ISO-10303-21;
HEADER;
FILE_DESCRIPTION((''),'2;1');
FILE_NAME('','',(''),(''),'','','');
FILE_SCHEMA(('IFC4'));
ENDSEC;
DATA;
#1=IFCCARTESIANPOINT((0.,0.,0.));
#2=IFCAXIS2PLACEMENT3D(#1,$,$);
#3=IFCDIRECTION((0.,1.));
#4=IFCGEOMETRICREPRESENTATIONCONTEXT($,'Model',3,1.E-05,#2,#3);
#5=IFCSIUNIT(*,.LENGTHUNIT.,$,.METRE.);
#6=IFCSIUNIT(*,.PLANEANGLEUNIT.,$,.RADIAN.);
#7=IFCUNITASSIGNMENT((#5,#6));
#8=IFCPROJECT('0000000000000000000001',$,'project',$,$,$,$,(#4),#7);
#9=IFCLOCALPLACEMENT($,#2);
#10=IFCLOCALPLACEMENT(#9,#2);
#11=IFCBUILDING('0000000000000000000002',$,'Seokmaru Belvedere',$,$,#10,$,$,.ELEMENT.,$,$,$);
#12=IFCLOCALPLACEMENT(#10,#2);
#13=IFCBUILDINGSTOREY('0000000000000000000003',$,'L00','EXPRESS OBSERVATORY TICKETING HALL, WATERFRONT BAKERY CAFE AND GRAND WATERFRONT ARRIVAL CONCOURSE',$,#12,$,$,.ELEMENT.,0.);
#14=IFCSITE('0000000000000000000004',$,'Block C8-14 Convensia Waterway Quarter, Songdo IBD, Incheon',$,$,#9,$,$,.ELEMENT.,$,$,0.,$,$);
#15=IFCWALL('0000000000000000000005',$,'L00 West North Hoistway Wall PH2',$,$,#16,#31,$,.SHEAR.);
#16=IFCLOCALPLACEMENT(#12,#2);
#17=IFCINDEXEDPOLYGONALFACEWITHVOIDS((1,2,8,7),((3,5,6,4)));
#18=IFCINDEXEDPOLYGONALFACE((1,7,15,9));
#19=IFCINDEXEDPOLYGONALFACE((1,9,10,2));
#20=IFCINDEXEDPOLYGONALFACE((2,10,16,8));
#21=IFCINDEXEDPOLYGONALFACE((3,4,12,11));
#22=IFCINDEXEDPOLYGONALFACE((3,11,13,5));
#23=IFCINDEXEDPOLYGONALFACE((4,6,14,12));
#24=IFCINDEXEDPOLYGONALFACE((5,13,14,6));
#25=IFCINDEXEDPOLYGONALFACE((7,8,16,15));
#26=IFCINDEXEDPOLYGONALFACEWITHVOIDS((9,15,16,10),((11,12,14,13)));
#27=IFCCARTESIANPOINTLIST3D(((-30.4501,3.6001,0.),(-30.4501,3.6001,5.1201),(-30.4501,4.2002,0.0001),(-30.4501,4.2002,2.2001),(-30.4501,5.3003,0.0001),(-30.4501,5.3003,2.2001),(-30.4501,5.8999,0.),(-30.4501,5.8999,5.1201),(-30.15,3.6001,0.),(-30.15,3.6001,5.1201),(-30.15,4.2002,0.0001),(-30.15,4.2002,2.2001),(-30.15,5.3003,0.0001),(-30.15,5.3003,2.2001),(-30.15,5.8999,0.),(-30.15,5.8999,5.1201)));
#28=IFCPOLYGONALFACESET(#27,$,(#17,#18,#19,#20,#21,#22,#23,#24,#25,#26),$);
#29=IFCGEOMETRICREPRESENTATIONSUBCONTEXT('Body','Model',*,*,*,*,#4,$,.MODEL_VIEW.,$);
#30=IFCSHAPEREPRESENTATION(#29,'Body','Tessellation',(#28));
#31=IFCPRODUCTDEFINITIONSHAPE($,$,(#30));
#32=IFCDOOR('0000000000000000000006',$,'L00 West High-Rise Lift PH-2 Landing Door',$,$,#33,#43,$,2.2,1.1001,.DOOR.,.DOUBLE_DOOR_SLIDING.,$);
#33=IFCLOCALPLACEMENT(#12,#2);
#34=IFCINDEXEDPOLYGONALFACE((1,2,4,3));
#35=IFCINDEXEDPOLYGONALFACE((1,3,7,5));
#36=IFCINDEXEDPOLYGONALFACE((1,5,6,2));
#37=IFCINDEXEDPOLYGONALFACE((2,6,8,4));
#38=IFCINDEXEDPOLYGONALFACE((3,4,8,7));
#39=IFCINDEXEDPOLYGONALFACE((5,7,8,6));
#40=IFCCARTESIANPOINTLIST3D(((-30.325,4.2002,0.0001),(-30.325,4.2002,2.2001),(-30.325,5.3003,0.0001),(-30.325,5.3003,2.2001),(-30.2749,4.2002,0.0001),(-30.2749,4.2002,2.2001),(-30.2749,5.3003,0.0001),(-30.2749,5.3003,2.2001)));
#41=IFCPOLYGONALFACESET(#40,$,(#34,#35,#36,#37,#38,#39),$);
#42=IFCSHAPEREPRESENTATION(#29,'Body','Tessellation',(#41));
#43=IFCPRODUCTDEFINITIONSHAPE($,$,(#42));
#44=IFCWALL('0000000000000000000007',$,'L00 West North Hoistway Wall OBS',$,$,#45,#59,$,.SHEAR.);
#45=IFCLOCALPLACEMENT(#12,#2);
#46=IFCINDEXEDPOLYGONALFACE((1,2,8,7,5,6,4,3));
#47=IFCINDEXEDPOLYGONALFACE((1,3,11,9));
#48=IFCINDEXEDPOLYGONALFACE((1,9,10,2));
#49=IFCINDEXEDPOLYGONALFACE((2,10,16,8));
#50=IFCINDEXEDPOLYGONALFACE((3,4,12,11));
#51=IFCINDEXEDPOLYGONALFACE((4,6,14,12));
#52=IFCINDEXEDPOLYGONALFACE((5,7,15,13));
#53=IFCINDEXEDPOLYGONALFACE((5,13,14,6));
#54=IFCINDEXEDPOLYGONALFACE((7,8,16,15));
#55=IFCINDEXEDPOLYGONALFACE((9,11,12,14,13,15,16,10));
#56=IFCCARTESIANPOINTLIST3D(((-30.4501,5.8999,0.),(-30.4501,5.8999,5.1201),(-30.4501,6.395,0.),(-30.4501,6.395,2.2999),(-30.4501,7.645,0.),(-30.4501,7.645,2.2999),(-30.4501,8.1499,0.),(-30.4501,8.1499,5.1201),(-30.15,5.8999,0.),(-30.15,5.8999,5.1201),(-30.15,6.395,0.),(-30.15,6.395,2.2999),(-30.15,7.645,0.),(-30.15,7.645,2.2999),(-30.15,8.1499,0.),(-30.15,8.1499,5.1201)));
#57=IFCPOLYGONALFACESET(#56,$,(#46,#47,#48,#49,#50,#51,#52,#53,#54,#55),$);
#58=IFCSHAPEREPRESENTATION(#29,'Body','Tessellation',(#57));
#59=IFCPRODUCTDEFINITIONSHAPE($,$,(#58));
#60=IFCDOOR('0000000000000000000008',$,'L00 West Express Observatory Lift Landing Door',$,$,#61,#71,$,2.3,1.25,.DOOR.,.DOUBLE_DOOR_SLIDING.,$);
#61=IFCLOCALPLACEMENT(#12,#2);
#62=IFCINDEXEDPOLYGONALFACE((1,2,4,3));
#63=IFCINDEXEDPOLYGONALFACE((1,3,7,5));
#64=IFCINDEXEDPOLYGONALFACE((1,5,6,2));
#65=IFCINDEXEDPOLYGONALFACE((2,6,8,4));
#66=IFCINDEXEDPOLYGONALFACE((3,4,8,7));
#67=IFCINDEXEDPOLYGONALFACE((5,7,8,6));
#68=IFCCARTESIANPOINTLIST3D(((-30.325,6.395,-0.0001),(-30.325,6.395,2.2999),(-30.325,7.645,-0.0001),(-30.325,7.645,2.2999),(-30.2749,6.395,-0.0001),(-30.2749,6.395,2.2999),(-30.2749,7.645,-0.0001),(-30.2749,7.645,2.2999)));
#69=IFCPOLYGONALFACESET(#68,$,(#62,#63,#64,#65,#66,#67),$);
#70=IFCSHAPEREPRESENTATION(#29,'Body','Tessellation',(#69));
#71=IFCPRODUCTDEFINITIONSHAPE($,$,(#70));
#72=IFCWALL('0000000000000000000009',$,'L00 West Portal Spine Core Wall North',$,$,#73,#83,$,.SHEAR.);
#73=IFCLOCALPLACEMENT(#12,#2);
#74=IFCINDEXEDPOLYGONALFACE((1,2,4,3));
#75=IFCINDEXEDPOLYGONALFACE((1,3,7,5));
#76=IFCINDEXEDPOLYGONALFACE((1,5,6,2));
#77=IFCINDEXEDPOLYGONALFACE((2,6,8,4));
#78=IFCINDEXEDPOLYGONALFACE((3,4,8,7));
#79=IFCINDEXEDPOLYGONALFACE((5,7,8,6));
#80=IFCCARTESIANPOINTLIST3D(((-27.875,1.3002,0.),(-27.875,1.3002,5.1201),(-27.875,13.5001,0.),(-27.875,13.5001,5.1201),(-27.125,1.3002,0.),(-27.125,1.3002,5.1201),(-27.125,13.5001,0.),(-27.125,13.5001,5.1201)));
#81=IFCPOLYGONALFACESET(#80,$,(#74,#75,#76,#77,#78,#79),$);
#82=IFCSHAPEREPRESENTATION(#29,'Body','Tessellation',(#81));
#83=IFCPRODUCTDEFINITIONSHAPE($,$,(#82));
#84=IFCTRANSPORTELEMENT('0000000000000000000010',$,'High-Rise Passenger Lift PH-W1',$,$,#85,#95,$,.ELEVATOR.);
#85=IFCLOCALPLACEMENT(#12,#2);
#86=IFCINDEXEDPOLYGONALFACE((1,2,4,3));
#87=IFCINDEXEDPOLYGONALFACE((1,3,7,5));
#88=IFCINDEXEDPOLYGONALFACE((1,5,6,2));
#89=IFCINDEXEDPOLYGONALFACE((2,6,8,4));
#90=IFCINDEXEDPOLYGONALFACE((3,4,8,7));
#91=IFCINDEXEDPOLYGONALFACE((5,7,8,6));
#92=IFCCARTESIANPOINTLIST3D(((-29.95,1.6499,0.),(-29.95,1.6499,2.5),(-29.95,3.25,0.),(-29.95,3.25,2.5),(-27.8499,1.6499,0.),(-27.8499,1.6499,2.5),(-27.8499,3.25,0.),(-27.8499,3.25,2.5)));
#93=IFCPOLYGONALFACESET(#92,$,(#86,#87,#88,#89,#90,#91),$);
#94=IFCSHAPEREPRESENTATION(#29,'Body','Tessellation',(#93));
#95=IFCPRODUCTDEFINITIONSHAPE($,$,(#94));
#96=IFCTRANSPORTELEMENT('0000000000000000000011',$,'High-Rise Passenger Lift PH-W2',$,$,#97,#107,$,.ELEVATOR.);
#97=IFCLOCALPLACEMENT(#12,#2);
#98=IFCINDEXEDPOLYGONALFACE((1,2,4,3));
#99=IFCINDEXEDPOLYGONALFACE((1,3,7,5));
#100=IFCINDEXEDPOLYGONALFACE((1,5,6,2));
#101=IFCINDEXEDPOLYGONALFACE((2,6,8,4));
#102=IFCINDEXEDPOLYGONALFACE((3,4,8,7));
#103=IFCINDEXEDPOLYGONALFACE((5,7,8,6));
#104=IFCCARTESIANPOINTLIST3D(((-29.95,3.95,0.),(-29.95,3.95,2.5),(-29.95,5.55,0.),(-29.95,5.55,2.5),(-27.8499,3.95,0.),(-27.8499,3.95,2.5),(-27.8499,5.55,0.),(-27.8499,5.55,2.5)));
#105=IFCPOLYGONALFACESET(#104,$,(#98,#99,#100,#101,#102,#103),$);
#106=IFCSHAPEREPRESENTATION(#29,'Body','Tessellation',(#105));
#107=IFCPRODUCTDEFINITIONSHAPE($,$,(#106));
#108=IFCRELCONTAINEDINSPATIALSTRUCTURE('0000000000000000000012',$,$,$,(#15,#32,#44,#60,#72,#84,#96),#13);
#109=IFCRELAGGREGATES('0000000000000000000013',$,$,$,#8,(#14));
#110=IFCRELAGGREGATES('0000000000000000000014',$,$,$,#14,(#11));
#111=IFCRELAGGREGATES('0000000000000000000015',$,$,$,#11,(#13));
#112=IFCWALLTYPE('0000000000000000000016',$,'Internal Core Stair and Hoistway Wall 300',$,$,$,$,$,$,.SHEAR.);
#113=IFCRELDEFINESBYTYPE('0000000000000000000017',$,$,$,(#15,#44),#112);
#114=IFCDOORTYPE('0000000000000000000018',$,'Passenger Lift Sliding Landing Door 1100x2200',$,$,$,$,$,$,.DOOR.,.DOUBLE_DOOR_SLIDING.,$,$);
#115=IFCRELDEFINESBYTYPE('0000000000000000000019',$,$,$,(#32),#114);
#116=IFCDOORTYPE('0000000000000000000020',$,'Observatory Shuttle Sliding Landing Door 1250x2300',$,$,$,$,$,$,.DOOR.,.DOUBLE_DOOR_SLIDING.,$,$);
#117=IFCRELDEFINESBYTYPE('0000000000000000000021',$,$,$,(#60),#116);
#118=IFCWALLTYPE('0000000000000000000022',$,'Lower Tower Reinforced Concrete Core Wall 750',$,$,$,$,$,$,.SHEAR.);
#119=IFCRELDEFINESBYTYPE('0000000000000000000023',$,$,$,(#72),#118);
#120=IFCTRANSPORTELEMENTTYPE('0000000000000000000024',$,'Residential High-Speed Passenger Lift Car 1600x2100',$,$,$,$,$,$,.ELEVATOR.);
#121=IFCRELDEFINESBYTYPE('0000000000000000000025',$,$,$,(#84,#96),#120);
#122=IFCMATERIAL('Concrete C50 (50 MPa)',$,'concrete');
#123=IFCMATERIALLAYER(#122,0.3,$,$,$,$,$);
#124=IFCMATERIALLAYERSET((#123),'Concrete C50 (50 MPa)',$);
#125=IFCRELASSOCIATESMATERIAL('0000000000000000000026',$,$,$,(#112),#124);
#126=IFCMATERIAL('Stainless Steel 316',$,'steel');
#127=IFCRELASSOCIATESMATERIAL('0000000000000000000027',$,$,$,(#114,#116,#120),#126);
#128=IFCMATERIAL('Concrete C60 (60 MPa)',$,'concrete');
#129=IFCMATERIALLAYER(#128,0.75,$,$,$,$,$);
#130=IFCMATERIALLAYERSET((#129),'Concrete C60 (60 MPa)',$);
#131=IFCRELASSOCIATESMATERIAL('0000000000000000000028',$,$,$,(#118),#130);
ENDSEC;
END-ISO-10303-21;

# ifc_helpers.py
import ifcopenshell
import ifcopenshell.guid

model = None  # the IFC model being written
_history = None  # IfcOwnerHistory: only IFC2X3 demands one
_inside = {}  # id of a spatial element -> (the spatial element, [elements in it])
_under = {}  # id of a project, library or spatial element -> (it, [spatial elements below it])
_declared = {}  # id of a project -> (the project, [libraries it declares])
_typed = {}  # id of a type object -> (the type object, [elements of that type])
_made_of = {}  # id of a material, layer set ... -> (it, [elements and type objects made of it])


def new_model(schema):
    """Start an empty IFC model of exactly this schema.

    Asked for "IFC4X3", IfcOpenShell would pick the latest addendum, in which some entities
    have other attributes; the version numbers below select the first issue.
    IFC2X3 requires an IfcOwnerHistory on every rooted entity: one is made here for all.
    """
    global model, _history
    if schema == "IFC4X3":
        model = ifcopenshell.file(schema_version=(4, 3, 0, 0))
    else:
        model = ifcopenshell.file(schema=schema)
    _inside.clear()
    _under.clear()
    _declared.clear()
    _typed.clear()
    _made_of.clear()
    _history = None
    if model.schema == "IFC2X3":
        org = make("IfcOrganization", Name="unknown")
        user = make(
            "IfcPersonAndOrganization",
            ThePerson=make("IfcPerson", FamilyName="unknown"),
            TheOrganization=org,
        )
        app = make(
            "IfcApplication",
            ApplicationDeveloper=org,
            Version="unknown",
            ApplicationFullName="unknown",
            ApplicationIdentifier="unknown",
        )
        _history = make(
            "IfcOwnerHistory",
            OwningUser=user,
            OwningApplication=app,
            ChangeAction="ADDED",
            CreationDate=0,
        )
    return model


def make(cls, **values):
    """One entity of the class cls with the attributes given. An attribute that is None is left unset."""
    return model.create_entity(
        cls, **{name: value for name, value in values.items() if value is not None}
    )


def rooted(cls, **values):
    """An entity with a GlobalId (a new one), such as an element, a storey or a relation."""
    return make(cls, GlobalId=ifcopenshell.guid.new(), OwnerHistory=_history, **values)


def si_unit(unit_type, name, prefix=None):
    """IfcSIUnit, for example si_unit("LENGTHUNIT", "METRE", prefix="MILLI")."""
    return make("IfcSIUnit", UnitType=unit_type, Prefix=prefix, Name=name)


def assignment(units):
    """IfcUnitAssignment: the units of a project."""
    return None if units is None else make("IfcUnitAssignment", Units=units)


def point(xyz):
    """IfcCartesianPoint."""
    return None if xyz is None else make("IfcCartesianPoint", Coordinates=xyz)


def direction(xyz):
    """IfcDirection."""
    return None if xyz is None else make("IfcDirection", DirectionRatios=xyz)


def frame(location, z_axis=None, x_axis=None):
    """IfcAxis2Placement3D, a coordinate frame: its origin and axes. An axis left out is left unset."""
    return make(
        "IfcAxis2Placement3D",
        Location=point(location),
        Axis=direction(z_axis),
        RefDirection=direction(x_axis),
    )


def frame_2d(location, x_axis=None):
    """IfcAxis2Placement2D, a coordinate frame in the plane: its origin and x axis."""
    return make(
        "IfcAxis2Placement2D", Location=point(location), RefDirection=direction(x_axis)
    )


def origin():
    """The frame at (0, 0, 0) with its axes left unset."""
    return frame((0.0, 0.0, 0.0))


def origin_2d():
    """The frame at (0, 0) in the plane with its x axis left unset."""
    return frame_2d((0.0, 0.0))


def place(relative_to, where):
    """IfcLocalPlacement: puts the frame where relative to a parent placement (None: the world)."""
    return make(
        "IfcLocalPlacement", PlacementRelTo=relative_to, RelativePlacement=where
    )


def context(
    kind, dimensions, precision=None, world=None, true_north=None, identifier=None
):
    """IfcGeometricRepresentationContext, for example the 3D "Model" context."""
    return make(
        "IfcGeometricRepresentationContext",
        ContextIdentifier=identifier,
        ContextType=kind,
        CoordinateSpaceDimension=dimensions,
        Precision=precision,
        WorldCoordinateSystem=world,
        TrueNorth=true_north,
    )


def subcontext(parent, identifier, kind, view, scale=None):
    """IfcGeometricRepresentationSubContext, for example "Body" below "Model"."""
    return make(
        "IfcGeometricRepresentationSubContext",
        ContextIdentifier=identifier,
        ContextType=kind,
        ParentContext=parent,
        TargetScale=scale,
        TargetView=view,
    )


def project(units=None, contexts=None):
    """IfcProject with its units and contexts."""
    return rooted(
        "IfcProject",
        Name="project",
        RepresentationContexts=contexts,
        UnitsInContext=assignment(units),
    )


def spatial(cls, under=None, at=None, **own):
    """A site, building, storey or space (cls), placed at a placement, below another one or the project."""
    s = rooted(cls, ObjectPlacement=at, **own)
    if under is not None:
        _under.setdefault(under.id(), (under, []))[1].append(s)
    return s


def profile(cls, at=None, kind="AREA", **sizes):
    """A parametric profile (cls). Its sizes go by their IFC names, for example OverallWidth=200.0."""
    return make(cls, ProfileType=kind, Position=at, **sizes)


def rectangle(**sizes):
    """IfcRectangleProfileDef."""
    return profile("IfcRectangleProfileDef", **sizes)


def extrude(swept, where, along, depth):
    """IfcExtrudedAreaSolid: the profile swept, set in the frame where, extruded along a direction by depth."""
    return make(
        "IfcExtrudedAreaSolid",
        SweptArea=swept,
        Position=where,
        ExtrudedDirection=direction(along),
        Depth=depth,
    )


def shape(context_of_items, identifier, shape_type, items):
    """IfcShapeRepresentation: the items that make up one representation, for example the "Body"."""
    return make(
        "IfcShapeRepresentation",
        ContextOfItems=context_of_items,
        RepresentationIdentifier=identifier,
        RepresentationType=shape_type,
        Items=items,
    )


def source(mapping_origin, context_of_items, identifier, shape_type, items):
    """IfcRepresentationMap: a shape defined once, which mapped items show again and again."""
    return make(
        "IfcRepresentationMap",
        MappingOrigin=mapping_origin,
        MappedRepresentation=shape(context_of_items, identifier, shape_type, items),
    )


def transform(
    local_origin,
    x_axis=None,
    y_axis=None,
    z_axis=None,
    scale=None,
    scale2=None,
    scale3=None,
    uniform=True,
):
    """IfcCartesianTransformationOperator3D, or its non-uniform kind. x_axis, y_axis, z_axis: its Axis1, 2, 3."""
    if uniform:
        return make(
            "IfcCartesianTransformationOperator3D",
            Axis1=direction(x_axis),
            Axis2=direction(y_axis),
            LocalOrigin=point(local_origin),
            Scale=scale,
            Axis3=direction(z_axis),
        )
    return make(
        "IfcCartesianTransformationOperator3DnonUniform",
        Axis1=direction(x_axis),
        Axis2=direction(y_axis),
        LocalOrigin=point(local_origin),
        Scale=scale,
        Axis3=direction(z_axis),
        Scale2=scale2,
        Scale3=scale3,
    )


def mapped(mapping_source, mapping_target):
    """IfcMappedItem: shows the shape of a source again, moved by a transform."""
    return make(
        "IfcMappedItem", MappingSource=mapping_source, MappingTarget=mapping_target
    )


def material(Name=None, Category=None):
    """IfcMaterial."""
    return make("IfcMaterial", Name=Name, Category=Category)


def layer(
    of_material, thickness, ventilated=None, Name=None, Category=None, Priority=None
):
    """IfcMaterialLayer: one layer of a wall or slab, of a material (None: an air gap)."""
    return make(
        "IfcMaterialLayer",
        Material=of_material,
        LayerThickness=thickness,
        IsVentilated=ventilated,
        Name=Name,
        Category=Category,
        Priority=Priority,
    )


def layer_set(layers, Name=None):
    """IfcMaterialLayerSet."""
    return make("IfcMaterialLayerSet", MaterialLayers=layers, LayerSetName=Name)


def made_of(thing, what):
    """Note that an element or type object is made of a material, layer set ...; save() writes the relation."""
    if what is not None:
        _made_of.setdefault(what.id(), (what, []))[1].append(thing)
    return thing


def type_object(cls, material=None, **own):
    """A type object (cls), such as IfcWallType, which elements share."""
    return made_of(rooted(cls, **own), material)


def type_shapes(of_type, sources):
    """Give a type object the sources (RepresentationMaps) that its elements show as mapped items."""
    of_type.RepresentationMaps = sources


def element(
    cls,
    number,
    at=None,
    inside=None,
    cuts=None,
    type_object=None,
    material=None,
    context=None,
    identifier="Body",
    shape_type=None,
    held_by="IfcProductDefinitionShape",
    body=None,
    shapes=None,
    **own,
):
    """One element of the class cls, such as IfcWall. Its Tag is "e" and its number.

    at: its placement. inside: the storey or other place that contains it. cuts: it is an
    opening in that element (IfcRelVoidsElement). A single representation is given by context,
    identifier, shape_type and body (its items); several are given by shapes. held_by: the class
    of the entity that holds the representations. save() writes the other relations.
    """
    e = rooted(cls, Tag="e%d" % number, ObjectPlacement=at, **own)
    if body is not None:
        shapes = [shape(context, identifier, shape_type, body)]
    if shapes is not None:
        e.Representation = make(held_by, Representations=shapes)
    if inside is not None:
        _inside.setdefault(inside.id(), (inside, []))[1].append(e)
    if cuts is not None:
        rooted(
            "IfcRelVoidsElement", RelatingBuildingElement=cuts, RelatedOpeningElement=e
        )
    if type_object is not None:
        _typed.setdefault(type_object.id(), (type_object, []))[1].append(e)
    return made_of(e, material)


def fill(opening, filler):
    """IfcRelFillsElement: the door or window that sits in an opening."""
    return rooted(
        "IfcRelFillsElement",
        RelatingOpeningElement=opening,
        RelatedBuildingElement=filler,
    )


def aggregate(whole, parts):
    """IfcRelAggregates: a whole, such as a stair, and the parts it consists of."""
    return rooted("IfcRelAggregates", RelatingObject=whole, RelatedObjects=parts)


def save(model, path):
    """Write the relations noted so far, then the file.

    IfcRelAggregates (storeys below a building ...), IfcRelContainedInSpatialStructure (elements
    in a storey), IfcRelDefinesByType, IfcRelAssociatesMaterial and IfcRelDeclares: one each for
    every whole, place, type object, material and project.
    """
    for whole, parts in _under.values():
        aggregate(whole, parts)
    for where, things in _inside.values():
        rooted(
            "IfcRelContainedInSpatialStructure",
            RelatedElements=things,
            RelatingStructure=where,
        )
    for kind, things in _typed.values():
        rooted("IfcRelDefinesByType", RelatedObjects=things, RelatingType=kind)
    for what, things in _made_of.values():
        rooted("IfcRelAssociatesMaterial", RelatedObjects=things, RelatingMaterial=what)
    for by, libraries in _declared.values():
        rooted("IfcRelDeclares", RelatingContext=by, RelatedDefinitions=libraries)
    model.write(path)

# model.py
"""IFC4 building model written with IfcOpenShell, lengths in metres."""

from ifc_helpers import new_model, si_unit, direction, frame, frame_2d, origin, origin_2d, place, context, subcontext, project, spatial, rectangle, extrude, source, transform, mapped, material, layer, layer_set, type_object, type_shapes, element, fill, save


model = new_model("IFC4")

# Units and contexts
model_context = context("Model", 3, precision=1e-05, world=origin(), true_north=direction((0.0, 1.0)))
body_context = subcontext(model_context, "Body", "Model", "MODEL_VIEW")
ifc_project = project(units=[si_unit("LENGTHUNIT", "METRE"), si_unit("PLANEANGLEUNIT", "RADIAN")], contexts=[model_context])

# Site, building, storey
site_placement = place(None, origin())
site = spatial("IfcSite", under=ifc_project, at=site_placement, Name="Block C8-14 Convensia Waterway Quarter, Songdo IBD, Incheon", CompositionType="ELEMENT", RefElevation=0.0)
building_placement = place(site_placement, origin())
building = spatial("IfcBuilding", under=site, at=building_placement, Name="Seokmaru Belvedere", CompositionType="ELEMENT")
storey_placement = place(building_placement, origin())
storey = spatial("IfcBuildingStorey", under=building, at=storey_placement, Name="L00", Description="EXPRESS OBSERVATORY TICKETING HALL, WATERFRONT BAKERY CAFE AND GRAND WATERFRONT ARRIVAL CONCOURSE", CompositionType="ELEMENT", Elevation=0.0)

# Shared definitions
ifc_material_1 = material(Name="Concrete C50 (50 MPa)", Category="concrete")

# Walls, openings, doors
ifc_layer_1 = layer(ifc_material_1, 0.3)
ifc_layer_set_1 = layer_set([ifc_layer_1], Name="Concrete C50 (50 MPa)")
wall_type_1 = type_object("IfcWallType", Name="Internal Core Stair and Hoistway Wall 300", PredefinedType="SHEAR", material=ifc_layer_set_1)
ifc_material_2 = material(Name="Stainless Steel 316", Category="steel")
door_type_1 = type_object("IfcDoorType", Name="Passenger Lift Sliding Landing Door 1100x2200", OperationType="DOUBLE_DOOR_SLIDING", PredefinedType="DOOR", material=ifc_material_2)
shared_shape_1 = source(origin(), body_context, "Body", "SweptSolid", [
    extrude(rectangle(XDim=1.1001, YDim=2.2, at=frame_2d((0.55, 1.1001))), frame((0.0, 0.0249, 0.0), z_axis=(0.0, -1.0, 0.0), x_axis=(1.0, 0.0, 0.0)), (0.0, 0.0, 1.0), 0.05),
])
type_shapes(door_type_1, [shared_shape_1])
wall_1_placement = place(storey_placement, frame((-30.3, 3.6001, 0.0), z_axis=(0.0, 0.0, 1.0), x_axis=(0.0, 1.0, 0.0)))
wall_1 = element("IfcWall", 1, at=wall_1_placement, inside=storey, type_object=wall_type_1, Name="L00 West North Hoistway Wall PH2", PredefinedType="SHEAR", context=body_context, shape_type="SweptSolid", body=[
    extrude(rectangle(XDim=2.2998, YDim=0.3, at=frame_2d((1.1499, 0.0))), origin(), (0.0, 0.0, 1.0), 5.1201),
])
opening_1_placement = place(wall_1_placement, frame((0.6001, 0.0, 0.0)))
opening_1 = element("IfcOpeningElement", 2, at=opening_1_placement, cuts=wall_1, PredefinedType="OPENING", context=body_context, shape_type="SweptSolid", body=[
    extrude(rectangle(XDim=1.1001, YDim=2.2, at=frame_2d((0.55, 1.1001))), frame((0.0, 0.1602, 0.0), z_axis=(0.0, -1.0, 0.0), x_axis=(1.0, 0.0, 0.0)), (0.0, 0.0, 1.0), 0.3201),
])
door_1_placement = place(opening_1_placement, origin())
door_1 = element("IfcDoor", 3, at=door_1_placement, inside=storey, type_object=door_type_1, Name="L00 West High-Rise Lift PH-2 Landing Door", OperationType="DOUBLE_DOOR_SLIDING", OverallHeight=2.2, OverallWidth=1.1001, PredefinedType="DOOR", context=body_context, shape_type="MappedRepresentation", body=[
    mapped(shared_shape_1, transform((0.0, 0.0, 0.0), scale=1.0)),
])
fill(opening_1, door_1)
wall_2_placement = place(storey_placement, frame((-30.3, 5.8999, 0.0), z_axis=(0.0, 0.0, 1.0), x_axis=(0.0, 1.0, 0.0)))
wall_2 = element("IfcWall", 4, at=wall_2_placement, inside=storey, type_object=wall_type_1, Name="L00 West North Hoistway Wall OBS", PredefinedType="SHEAR", context=body_context, shape_type="SweptSolid", body=[
    extrude(rectangle(XDim=2.25, YDim=0.3, at=frame_2d((1.125, 0.0))), origin(), (0.0, 0.0, 1.0), 5.1201),
])
opening_2_placement = place(wall_2_placement, frame((0.4951, 0.0, 0.0)))
opening_2 = element("IfcOpeningElement", 5, at=opening_2_placement, cuts=wall_2, PredefinedType="OPENING", context=body_context, shape_type="SweptSolid", body=[
    extrude(rectangle(XDim=1.25, YDim=2.3, at=frame_2d((0.625, 1.1499))), frame((0.0, 0.1602, 0.0), z_axis=(0.0, -1.0, 0.0), x_axis=(1.0, 0.0, 0.0)), (0.0, 0.0, 1.0), 0.3201),
])
door_type_2 = type_object("IfcDoorType", Name="Observatory Shuttle Sliding Landing Door 1250x2300", OperationType="DOUBLE_DOOR_SLIDING", PredefinedType="DOOR", material=ifc_material_2)
shared_shape_2 = source(origin(), body_context, "Body", "SweptSolid", [
    extrude(rectangle(XDim=1.25, YDim=2.3, at=frame_2d((0.625, 1.1499))), frame((0.0, 0.0249, 0.0), z_axis=(0.0, -1.0, 0.0), x_axis=(1.0, 0.0, 0.0)), (0.0, 0.0, 1.0), 0.05),
])
type_shapes(door_type_2, [shared_shape_2])
door_2_placement = place(opening_2_placement, origin())
door_2 = element("IfcDoor", 6, at=door_2_placement, inside=storey, type_object=door_type_2, Name="L00 West Express Observatory Lift Landing Door", OperationType="DOUBLE_DOOR_SLIDING", OverallHeight=2.3, OverallWidth=1.25, PredefinedType="DOOR", context=body_context, shape_type="MappedRepresentation", body=[
    mapped(shared_shape_2, transform((0.0, 0.0, 0.0), scale=1.0)),
])
fill(opening_2, door_2)

# Wall
ifc_material_3 = material(Name="Concrete C60 (60 MPa)", Category="concrete")
ifc_layer_2 = layer(ifc_material_3, 0.75)
ifc_layer_set_2 = layer_set([ifc_layer_2], Name="Concrete C60 (60 MPa)")
wall_type_2 = type_object("IfcWallType", Name="Lower Tower Reinforced Concrete Core Wall 750", PredefinedType="SHEAR", material=ifc_layer_set_2)
wall_3_placement = place(storey_placement, frame((-27.5, 1.3, 0.0), z_axis=(0.0, 0.0, 1.0), x_axis=(0.0, 1.0, 0.0)))
element("IfcWall", 7, at=wall_3_placement, inside=storey, type_object=wall_type_2, Name="L00 West Portal Spine Core Wall North", PredefinedType="SHEAR", context=body_context, shape_type="SweptSolid", body=[
    extrude(rectangle(XDim=12.2, YDim=0.75, at=frame_2d((6.1001, 0.0))), origin(), (0.0, 0.0, 1.0), 5.1201),
])

# Transport elements
transport_element_type = type_object("IfcTransportElementType", Name="Residential High-Speed Passenger Lift Car 1600x2100", PredefinedType="ELEVATOR", material=ifc_material_2)
shared_shape_3 = source(origin(), body_context, "Body", "SweptSolid", [
    extrude(rectangle(XDim=2.1001, YDim=1.6001, at=origin_2d()), origin(), (0.0, 0.0, 1.0), 2.5),
])
type_shapes(transport_element_type, [shared_shape_3])
for number, where, z_axis, x_axis, name in (
    (8, (-28.8999, 2.45, 0.0), (0.0, 0.0, 1.0), (1.0, 0.0, 0.0), "High-Rise Passenger Lift PH-W1"),
    (9, (-28.8999, 4.75, 0.0), (0.0, 0.0, 1.0), (1.0, 0.0, 0.0), "High-Rise Passenger Lift PH-W2"),
):
    element("IfcTransportElement", number, at=place(storey_placement, frame(where, z_axis=z_axis, x_axis=x_axis)), inside=storey, type_object=transport_element_type, Name=name, PredefinedType="ELEVATOR", context=body_context, shape_type="MappedRepresentation", body=[
        mapped(shared_shape_3, transform((0.0, 0.0, 0.0), scale=1.0)),
    ])

save(model, "model.ifc")
